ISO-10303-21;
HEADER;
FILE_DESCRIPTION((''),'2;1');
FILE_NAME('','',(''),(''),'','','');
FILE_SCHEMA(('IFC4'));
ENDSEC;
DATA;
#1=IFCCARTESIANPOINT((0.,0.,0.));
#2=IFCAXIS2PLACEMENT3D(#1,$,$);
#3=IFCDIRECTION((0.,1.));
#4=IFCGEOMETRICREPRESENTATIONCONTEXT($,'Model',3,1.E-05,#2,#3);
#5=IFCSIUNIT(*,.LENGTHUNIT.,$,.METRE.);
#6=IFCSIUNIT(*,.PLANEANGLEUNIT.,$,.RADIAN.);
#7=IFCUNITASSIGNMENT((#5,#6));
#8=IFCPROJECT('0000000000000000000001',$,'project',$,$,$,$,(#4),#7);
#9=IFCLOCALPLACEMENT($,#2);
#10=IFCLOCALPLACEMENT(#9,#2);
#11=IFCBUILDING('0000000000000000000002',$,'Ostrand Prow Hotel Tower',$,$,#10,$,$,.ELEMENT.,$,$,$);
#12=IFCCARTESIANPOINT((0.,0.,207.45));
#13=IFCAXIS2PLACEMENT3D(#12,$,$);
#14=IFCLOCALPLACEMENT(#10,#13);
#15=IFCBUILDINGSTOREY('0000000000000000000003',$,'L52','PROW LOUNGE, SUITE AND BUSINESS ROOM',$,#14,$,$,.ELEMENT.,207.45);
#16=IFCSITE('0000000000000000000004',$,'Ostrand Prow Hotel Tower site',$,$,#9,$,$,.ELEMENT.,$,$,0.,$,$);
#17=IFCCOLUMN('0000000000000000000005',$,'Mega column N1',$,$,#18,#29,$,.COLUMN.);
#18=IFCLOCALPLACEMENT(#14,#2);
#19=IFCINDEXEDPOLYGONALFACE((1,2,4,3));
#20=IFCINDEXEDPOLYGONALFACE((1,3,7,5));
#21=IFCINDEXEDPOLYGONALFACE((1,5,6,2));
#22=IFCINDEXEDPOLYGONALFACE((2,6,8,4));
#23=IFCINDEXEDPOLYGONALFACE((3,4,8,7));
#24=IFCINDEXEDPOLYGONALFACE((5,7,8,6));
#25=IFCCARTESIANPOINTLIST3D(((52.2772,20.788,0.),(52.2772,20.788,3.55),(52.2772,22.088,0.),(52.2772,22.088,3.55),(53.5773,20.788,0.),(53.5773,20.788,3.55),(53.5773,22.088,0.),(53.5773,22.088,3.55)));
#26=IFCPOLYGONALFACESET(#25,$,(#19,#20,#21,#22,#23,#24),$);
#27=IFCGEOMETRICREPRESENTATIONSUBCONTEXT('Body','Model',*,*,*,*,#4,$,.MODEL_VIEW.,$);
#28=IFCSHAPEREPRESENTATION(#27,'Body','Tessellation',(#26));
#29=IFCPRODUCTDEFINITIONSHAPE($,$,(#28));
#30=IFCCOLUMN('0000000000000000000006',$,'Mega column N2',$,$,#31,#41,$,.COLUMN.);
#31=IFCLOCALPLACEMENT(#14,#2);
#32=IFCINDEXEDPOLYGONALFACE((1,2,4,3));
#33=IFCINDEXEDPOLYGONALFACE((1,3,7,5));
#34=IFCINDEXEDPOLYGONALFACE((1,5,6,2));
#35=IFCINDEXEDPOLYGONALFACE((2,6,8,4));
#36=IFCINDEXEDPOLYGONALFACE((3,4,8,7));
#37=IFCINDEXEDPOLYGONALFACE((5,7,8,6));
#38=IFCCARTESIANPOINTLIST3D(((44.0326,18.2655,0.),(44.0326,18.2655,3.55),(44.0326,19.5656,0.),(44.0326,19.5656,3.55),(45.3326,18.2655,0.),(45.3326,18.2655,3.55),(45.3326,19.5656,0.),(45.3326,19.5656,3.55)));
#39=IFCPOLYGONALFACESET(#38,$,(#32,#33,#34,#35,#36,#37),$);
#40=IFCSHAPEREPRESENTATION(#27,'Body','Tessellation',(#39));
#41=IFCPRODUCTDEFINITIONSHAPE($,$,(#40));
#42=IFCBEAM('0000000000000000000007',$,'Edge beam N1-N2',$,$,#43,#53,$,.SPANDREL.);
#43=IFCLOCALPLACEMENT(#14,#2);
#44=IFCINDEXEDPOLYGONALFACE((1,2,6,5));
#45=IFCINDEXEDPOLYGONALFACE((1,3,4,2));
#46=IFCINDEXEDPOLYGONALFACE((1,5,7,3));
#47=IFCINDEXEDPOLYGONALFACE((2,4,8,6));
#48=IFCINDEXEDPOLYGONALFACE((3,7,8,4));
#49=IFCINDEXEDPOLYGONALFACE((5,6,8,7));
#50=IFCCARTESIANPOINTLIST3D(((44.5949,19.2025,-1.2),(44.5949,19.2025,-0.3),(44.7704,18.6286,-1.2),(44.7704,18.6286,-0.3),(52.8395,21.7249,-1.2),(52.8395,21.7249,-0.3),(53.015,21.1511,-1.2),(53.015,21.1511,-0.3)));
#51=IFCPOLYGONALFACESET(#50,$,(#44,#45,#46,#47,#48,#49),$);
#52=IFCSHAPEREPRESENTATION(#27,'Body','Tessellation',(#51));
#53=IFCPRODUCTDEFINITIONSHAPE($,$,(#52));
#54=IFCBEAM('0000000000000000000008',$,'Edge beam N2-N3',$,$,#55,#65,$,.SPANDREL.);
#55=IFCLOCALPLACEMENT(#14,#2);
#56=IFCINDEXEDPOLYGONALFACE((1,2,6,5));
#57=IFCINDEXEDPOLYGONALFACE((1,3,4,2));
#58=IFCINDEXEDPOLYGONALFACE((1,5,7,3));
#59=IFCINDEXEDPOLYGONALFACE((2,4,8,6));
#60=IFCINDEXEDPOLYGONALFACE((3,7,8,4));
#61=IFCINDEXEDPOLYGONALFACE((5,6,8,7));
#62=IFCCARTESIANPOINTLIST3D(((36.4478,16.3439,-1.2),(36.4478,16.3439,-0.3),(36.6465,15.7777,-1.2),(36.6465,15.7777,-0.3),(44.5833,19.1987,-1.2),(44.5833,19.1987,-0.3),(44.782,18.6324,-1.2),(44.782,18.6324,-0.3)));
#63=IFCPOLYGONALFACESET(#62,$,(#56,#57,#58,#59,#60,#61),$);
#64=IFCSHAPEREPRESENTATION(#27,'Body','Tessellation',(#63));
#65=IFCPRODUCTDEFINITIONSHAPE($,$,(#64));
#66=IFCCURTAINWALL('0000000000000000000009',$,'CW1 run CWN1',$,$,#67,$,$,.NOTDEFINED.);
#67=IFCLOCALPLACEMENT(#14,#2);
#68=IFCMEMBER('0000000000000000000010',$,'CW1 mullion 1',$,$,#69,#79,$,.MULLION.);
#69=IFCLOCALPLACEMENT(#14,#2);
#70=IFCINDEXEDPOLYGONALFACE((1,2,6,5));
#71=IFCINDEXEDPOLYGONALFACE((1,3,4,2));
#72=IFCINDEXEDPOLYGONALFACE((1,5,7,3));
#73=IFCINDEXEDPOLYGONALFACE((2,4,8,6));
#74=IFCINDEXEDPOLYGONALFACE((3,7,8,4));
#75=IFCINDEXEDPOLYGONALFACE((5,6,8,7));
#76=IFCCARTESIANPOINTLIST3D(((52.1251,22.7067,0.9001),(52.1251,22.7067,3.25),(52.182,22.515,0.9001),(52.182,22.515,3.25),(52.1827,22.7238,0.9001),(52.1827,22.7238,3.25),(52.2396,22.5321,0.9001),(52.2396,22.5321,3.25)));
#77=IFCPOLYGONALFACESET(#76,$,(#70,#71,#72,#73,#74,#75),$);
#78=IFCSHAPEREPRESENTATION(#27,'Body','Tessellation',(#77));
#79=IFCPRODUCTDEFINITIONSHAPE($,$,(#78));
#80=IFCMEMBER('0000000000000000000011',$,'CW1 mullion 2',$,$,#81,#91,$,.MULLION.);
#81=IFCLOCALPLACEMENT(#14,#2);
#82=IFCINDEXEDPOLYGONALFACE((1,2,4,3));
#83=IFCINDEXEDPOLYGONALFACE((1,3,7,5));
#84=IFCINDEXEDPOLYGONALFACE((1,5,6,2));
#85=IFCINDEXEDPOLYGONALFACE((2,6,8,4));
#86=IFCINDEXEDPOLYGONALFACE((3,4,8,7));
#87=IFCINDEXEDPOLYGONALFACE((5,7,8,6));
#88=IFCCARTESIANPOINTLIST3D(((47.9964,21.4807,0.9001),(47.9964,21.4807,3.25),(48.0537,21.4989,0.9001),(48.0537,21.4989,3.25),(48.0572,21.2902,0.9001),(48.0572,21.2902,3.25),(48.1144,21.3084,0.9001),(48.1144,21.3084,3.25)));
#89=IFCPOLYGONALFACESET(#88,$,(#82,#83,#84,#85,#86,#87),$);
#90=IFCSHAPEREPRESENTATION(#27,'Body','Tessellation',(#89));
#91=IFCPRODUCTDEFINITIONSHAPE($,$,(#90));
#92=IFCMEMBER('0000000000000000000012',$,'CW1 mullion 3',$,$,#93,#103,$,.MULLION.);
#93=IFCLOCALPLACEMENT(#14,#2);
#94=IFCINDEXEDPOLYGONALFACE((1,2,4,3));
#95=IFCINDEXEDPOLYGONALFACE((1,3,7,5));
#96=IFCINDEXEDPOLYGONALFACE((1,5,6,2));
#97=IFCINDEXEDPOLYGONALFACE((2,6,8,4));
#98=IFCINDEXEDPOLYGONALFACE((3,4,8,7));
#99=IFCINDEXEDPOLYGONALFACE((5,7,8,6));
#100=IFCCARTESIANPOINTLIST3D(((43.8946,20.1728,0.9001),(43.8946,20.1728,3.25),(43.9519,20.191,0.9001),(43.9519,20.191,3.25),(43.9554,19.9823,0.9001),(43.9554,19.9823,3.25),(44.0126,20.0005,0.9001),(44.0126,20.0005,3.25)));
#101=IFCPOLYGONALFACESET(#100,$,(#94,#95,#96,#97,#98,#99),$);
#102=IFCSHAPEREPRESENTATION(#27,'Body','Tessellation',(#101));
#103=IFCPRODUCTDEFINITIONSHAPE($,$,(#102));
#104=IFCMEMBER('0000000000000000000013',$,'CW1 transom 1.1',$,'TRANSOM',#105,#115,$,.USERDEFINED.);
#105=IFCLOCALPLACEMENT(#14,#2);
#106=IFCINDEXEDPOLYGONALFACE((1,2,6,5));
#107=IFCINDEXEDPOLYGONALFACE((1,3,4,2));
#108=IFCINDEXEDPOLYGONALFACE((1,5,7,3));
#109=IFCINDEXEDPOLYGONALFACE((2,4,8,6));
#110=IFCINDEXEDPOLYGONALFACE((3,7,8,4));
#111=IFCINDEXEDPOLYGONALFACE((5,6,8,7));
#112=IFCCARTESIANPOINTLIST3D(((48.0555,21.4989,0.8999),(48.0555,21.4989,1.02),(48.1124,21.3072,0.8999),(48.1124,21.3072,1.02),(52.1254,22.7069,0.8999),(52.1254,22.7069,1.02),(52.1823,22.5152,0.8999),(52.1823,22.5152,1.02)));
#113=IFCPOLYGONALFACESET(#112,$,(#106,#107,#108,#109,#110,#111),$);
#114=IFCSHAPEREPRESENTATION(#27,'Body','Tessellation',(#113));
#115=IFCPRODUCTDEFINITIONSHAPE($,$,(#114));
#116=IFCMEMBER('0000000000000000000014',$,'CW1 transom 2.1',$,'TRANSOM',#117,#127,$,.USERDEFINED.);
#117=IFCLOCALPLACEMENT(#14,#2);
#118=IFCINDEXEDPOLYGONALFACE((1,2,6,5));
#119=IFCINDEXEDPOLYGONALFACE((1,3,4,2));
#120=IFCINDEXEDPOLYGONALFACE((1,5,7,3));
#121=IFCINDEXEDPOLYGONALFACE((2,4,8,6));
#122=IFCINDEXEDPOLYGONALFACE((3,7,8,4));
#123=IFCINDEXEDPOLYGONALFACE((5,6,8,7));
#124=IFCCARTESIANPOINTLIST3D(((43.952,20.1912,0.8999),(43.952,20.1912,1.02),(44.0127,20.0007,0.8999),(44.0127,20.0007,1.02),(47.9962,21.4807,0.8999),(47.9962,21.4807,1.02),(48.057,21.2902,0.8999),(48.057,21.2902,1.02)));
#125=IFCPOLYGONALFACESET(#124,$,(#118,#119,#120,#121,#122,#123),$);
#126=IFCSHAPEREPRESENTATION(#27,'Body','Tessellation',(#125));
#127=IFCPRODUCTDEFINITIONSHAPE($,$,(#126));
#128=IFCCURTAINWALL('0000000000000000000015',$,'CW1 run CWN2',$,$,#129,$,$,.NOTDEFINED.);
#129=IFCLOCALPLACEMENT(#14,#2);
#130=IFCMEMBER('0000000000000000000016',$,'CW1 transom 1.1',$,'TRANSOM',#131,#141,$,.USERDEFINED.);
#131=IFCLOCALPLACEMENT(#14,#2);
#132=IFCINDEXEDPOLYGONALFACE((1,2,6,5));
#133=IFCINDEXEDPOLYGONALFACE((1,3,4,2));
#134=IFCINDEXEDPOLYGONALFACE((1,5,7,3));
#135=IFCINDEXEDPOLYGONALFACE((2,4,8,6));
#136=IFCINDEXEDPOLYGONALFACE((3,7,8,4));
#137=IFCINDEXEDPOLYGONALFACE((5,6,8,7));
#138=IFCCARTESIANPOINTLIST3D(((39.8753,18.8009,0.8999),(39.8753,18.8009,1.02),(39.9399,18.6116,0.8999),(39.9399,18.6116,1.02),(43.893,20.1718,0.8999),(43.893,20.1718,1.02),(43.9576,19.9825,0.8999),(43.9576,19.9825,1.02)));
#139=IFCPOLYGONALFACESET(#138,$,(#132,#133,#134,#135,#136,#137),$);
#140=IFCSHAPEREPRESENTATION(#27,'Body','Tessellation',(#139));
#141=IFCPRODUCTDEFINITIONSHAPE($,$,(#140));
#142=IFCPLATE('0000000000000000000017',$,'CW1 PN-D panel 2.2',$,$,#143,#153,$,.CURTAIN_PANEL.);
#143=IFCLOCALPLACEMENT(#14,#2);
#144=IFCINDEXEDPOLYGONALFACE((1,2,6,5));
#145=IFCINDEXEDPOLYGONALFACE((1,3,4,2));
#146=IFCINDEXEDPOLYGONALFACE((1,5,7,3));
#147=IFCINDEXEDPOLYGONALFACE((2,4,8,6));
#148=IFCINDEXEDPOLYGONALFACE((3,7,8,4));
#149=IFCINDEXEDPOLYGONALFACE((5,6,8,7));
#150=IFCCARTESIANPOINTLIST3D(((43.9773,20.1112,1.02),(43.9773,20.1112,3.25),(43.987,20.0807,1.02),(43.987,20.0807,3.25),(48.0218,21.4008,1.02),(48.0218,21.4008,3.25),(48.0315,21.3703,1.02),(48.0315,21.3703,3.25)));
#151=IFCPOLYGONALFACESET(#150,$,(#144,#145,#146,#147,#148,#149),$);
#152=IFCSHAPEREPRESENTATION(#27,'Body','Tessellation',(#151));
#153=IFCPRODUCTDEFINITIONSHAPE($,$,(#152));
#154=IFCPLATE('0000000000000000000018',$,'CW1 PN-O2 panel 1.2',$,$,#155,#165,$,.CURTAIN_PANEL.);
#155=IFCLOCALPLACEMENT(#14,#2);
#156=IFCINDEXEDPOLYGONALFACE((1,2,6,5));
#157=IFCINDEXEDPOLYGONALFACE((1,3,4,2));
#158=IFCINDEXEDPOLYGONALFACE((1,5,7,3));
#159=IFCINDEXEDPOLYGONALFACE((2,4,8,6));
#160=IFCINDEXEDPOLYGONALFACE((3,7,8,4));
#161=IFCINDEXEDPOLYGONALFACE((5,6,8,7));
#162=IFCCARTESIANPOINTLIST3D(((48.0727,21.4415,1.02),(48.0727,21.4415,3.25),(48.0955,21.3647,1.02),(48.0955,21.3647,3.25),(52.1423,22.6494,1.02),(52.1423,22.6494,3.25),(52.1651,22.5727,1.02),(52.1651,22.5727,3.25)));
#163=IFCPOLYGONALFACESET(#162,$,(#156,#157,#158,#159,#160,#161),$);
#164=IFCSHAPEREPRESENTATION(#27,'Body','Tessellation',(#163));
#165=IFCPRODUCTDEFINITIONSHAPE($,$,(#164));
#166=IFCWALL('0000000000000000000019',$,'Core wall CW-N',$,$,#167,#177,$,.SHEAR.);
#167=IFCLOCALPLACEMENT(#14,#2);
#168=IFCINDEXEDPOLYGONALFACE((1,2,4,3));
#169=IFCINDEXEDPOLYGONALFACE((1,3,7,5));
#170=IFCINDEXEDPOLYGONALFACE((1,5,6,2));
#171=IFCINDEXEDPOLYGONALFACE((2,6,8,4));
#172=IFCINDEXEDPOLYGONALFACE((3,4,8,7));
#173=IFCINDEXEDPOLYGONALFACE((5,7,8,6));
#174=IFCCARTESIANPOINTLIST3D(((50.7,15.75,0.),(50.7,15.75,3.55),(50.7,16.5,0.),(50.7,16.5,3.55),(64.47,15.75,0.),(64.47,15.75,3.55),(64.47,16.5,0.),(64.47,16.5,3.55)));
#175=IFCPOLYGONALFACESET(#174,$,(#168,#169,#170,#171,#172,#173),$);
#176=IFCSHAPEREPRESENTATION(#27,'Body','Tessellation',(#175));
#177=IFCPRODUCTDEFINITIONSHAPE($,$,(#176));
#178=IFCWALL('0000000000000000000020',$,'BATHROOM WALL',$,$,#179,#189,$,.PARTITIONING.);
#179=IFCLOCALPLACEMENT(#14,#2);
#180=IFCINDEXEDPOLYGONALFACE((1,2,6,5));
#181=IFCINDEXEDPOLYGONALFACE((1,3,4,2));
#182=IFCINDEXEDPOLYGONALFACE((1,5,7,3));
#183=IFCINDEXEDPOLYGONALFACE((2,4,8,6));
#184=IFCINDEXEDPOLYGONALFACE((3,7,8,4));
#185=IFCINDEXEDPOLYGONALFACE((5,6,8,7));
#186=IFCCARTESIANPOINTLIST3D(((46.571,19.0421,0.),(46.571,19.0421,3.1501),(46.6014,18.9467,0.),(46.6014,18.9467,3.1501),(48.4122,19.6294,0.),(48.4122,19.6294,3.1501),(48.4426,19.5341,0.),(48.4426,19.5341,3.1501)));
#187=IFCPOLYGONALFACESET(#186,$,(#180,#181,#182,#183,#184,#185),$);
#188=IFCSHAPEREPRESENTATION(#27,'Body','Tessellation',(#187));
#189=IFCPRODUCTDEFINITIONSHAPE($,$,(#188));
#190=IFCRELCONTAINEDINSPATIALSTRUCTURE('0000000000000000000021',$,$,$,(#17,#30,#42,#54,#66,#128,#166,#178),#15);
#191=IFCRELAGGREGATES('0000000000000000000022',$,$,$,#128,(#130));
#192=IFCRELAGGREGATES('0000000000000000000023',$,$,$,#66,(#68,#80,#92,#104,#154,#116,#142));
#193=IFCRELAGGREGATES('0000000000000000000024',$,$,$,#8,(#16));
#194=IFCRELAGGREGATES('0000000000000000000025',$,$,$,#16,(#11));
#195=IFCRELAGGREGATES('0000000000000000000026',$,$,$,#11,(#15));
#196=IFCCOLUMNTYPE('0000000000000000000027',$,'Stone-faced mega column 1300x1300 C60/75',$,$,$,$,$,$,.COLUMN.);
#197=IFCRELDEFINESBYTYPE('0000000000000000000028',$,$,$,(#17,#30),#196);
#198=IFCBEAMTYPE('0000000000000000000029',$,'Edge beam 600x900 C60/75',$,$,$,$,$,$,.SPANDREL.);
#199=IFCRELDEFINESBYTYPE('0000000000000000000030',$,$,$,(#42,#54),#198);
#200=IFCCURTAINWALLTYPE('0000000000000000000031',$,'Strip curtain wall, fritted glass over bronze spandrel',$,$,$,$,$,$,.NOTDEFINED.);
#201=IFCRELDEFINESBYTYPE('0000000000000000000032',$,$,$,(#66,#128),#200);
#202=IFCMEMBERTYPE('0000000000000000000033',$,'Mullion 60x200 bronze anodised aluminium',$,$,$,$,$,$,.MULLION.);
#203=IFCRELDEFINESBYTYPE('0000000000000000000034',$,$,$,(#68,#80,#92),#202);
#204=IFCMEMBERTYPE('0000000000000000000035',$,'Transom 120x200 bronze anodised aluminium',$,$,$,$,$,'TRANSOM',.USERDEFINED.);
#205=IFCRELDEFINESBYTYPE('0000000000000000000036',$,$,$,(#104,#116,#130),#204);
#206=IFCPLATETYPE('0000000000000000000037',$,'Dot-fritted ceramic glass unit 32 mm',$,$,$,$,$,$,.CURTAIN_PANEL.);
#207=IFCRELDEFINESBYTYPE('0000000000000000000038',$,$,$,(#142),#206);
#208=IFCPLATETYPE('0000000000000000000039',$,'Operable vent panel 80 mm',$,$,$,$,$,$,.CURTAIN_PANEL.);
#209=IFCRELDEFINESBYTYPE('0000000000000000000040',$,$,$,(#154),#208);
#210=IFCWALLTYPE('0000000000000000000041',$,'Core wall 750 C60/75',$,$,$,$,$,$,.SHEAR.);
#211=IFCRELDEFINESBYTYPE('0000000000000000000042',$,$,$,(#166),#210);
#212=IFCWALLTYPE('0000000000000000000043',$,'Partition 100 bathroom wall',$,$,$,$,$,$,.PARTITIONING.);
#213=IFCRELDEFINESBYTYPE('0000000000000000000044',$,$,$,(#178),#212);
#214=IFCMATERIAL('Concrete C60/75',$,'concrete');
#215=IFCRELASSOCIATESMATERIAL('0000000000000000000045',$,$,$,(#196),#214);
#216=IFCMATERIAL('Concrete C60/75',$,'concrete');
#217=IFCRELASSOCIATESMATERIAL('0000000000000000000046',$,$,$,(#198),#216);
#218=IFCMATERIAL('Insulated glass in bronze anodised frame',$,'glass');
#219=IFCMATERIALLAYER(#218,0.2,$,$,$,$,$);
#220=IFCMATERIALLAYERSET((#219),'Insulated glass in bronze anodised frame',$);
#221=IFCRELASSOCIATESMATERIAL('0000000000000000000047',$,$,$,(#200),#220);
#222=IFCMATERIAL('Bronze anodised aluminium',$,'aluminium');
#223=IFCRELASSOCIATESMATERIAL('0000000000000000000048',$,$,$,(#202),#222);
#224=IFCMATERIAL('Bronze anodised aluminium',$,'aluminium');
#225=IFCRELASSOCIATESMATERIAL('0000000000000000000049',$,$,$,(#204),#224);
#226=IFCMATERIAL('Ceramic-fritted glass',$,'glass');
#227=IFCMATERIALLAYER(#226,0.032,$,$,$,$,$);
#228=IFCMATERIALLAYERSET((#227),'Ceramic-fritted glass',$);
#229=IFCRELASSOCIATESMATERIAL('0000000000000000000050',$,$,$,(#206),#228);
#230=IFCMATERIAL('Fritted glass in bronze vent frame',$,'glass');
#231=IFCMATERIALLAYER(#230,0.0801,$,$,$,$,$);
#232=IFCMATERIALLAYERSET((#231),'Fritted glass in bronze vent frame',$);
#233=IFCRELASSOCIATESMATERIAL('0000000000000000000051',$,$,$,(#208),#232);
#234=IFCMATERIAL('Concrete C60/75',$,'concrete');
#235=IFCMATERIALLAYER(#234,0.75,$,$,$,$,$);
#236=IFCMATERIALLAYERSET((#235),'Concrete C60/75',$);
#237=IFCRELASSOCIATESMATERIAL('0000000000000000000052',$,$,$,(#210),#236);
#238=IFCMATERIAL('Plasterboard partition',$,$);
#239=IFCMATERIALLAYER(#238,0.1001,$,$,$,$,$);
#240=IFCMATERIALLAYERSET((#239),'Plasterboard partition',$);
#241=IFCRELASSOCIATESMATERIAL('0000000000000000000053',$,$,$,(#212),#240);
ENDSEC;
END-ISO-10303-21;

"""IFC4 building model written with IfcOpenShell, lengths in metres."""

from ifc_helpers import new_model, si_unit, direction, frame, frame_2d, origin, origin_2d, place, context, subcontext, project, spatial, rectangle, extrude, material, layer, layer_set, material_profile, profile_set, type_object, element, aggregate, save


model = new_model("IFC4")

# Units and contexts
model_context = context("Model", 3, precision=1e-05, world=origin(), true_north=direction((0.0, 1.0)))
body_context = subcontext(model_context, "Body", "Model", "MODEL_VIEW")
ifc_project = project(units=[si_unit("LENGTHUNIT", "METRE"), si_unit("PLANEANGLEUNIT", "RADIAN")], contexts=[model_context])

# Site, building, storey
site_placement = place(None, origin())
site = spatial("IfcSite", under=ifc_project, at=site_placement, Name="Ostrand Prow Hotel Tower site", CompositionType="ELEMENT", RefElevation=0.0)
building_placement = place(site_placement, origin())
building = spatial("IfcBuilding", under=site, at=building_placement, Name="Ostrand Prow Hotel Tower", CompositionType="ELEMENT")
storey_placement = place(building_placement, frame((0.0, 0.0, 207.45)))
storey = spatial("IfcBuildingStorey", under=building, at=storey_placement, Name="L52", Description="PROW LOUNGE, SUITE AND BUSINESS ROOM", CompositionType="ELEMENT", Elevation=207.45)

# Columns
ifc_material_1 = material(Name="Concrete C60/75", Category="concrete")
ifc_material_profile_1 = material_profile(ifc_material_1, rectangle(XDim=1.3, YDim=1.3, at=origin_2d()), Name="RC 1300x1300")
ifc_profile_set_1 = profile_set([ifc_material_profile_1], Name="Concrete C60/75")
column_type = type_object("IfcColumnType", Name="Stone-faced mega column 1300x1300 C60/75", PredefinedType="COLUMN", material=ifc_profile_set_1)
for number, where, z_axis, x_axis, name in (
    (1, (52.9272, 21.438, 0.0), (0.0, 0.0, 1.0), (1.0, 0.0, 0.0), "Mega column N1"),
    (2, (44.6826, 18.9155, 0.0), (0.0, 0.0, 1.0), (1.0, 0.0, 0.0), "Mega column N2"),
):
    element("IfcColumn", number, at=place(storey_placement, frame(where, z_axis=z_axis, x_axis=x_axis)), inside=storey, type_object=column_type, Name=name, PredefinedType="COLUMN", context=body_context, shape_type="SweptSolid", body=[
        extrude(rectangle(XDim=1.3, YDim=1.3, at=origin_2d()), origin(), (0.0, 0.0, 1.0), 3.55),
    ])

# Beams
ifc_material_2 = material(Name="Concrete C60/75", Category="concrete")
ifc_material_profile_2 = material_profile(ifc_material_2, rectangle(XDim=0.6001, YDim=0.8999, at=origin_2d()), Name="RC 600x900")
ifc_profile_set_2 = profile_set([ifc_material_profile_2], Name="Concrete C60/75")
beam_type = type_object("IfcBeamType", Name="Edge beam 600x900 C60/75", PredefinedType="SPANDREL", material=ifc_profile_set_2)
for number, where, z_axis, x_axis, name in (
    (3, (52.9272, 21.438, -0.75), (-0.956246, -0.292565, 0.0), (0.292565, -0.956246, 0.0), "Edge beam N1-N2"),
    (4, (44.6826, 18.9155, -0.75), (-0.943594, -0.331106, 0.0), (0.331106, -0.943594, 0.0), "Edge beam N2-N3"),
):
    element("IfcBeam", number, at=place(storey_placement, frame(where, z_axis=z_axis, x_axis=x_axis)), inside=storey, type_object=beam_type, Name=name, PredefinedType="SPANDREL", context=body_context, shape_type="SweptSolid", body=[
        extrude(rectangle(XDim=0.6001, YDim=0.8999, at=origin_2d()), origin(), (0.0, 0.0, 1.0), 8.6218),
    ])

# Curtain wall, members
ifc_material_3 = material(Name="Insulated glass in bronze anodised frame", Category="glass")
ifc_layer_1 = layer(ifc_material_3, 0.2)
ifc_layer_set_1 = layer_set([ifc_layer_1], Name="Insulated glass in bronze anodised frame")
curtain_wall_type = type_object("IfcCurtainWallType", Name="Strip curtain wall, fritted glass over bronze spandrel", PredefinedType="NOTDEFINED", material=ifc_layer_set_1)
curtain_wall_1_placement = place(storey_placement, origin())
curtain_wall_1 = element("IfcCurtainWall", 5, at=curtain_wall_1_placement, inside=storey, type_object=curtain_wall_type, Name="CW1 run CWN1", PredefinedType="NOTDEFINED")
ifc_material_4 = material(Name="Bronze anodised aluminium", Category="aluminium")
ifc_material_profile_3 = material_profile(ifc_material_4, rectangle(XDim=0.2, YDim=0.0601, at=origin_2d()), Name="Mullion 60x200 bronze anodised aluminium")
ifc_profile_set_3 = profile_set([ifc_material_profile_3], Name="Bronze anodised aluminium")
member_type_1 = type_object("IfcMemberType", Name="Mullion 60x200 bronze anodised aluminium", PredefinedType="MULLION", material=ifc_profile_set_3)
member_1_placement = place(storey_placement, frame((52.1824, 22.6194, 0.9001), z_axis=(0.0, 0.0, 1.0), x_axis=(0.284544, -0.958663, 0.0)))
member_1 = element("IfcMember", 6, at=member_1_placement, type_object=member_type_1, Name="CW1 mullion 1", PredefinedType="MULLION", context=body_context, shape_type="SweptSolid", body=[
    extrude(rectangle(XDim=0.2, YDim=0.0601, at=origin_2d()), origin(), (0.0, 0.0, 1.0), 2.3499),
])
member_2_placement = place(storey_placement, frame((48.0554, 21.3945, 0.9001), z_axis=(0.0, 0.0, 1.0), x_axis=(0.303787, -0.95274, 0.0)))
member_2 = element("IfcMember", 7, at=member_2_placement, type_object=member_type_1, Name="CW1 mullion 2", PredefinedType="MULLION", context=body_context, shape_type="SweptSolid", body=[
    extrude(rectangle(XDim=0.2, YDim=0.0601, at=origin_2d()), origin(), (0.0, 0.0, 1.0), 2.3499),
])
member_3_placement = place(storey_placement, frame((43.9536, 20.0867, 0.9001), z_axis=(0.0, 0.0, 1.0), x_axis=(0.303787, -0.95274, 0.0)))
member_3 = element("IfcMember", 8, at=member_3_placement, type_object=member_type_1, Name="CW1 mullion 3", PredefinedType="MULLION", context=body_context, shape_type="SweptSolid", body=[
    extrude(rectangle(XDim=0.2, YDim=0.0601, at=origin_2d()), origin(), (0.0, 0.0, 1.0), 2.3499),
])
ifc_material_5 = material(Name="Bronze anodised aluminium", Category="aluminium")
ifc_material_profile_4 = material_profile(ifc_material_5, rectangle(XDim=0.2, YDim=0.1201, at=origin_2d()), Name="Transom 120x200 bronze anodised aluminium")
ifc_profile_set_4 = profile_set([ifc_material_profile_4], Name="Bronze anodised aluminium")
member_type_2 = type_object("IfcMemberType", Name="Transom 120x200 bronze anodised aluminium", ElementType="TRANSOM", PredefinedType="USERDEFINED", material=ifc_profile_set_4)
member_4_placement = place(storey_placement, frame((52.1538, 22.6111, 0.96), z_axis=(-0.958661, -0.28455, 0.0), x_axis=(0.28455, -0.958661, 0.0)))
member_4 = element("IfcMember", 9, at=member_4_placement, type_object=member_type_2, Name="CW1 transom 1.1", ObjectType="TRANSOM", PredefinedType="USERDEFINED", context=body_context, shape_type="SweptSolid", body=[
    extrude(rectangle(XDim=0.2, YDim=0.1201, at=origin_2d()), origin(), (0.0, 0.0, 1.0), 4.2454),
])
member_5_placement = place(storey_placement, frame((48.0266, 21.3855, 0.96), z_axis=(-0.952738, -0.303795, 0.0), x_axis=(0.303795, -0.952738, 0.0)))
member_5 = element("IfcMember", 10, at=member_5_placement, type_object=member_type_2, Name="CW1 transom 2.1", ObjectType="TRANSOM", PredefinedType="USERDEFINED", context=body_context, shape_type="SweptSolid", body=[
    extrude(rectangle(XDim=0.2, YDim=0.1201, at=origin_2d()), origin(), (0.0, 0.0, 1.0), 4.2449),
])

# Curtain wall, member
curtain_wall_2_placement = place(storey_placement, origin())
curtain_wall_2 = element("IfcCurtainWall", 11, at=curtain_wall_2_placement, inside=storey, type_object=curtain_wall_type, Name="CW1 run CWN2", PredefinedType="NOTDEFINED")
member_6_placement = place(storey_placement, frame((43.9253, 20.0771, 0.96), z_axis=(-0.946422, -0.322932, 0.0), x_axis=(0.322932, -0.946422, 0.0)))
member_6 = element("IfcMember", 12, at=member_6_placement, type_object=member_type_2, Name="CW1 transom 1.1", ObjectType="TRANSOM", PredefinedType="USERDEFINED", context=body_context, shape_type="SweptSolid", body=[
    extrude(rectangle(XDim=0.2, YDim=0.1201, at=origin_2d()), origin(), (0.0, 0.0, 1.0), 4.2451),
])
aggregate(curtain_wall_2, [member_6])

# Plates
ifc_material_6 = material(Name="Ceramic-fritted glass", Category="glass")
ifc_layer_2 = layer(ifc_material_6, 0.032)
ifc_layer_set_2 = layer_set([ifc_layer_2], Name="Ceramic-fritted glass")
plate_type_1 = type_object("IfcPlateType", Name="Dot-fritted ceramic glass unit 32 mm", PredefinedType="CURTAIN_PANEL", material=ifc_layer_set_2)
plate_1_placement = place(storey_placement, frame((46.0044, 20.7407, 1.02), z_axis=(0.0, 0.0, 1.0), x_axis=(-0.95274, -0.303787, 0.0)))
plate_1 = element("IfcPlate", 13, at=plate_1_placement, type_object=plate_type_1, Name="CW1 PN-D panel 2.2", PredefinedType="CURTAIN_PANEL", context=body_context, shape_type="SweptSolid", body=[
    extrude(rectangle(XDim=4.2451, YDim=0.032, at=origin_2d()), origin(), (0.0, 0.0, 1.0), 2.23),
])
ifc_material_7 = material(Name="Fritted glass in bronze vent frame", Category="glass")
ifc_layer_3 = layer(ifc_material_7, 0.0801)
ifc_layer_set_3 = layer_set([ifc_layer_3], Name="Fritted glass in bronze vent frame")
plate_type_2 = type_object("IfcPlateType", Name="Operable vent panel 80 mm", PredefinedType="CURTAIN_PANEL", material=ifc_layer_set_3)
plate_2_placement = place(storey_placement, frame((50.1189, 22.0071, 1.02), z_axis=(0.0, 0.0, 1.0), x_axis=(-0.958663, -0.284544, 0.0)))
plate_2 = element("IfcPlate", 14, at=plate_2_placement, type_object=plate_type_2, Name="CW1 PN-O2 panel 1.2", PredefinedType="CURTAIN_PANEL", context=body_context, shape_type="SweptSolid", body=[
    extrude(rectangle(XDim=4.2451, YDim=0.0801, at=origin_2d()), origin(), (0.0, 0.0, 1.0), 2.23),
])
aggregate(curtain_wall_1, [member_1, member_2, member_3, member_4, plate_2, member_5, plate_1])

# Walls
ifc_material_8 = material(Name="Concrete C60/75", Category="concrete")
ifc_layer_4 = layer(ifc_material_8, 0.75)
ifc_layer_set_4 = layer_set([ifc_layer_4], Name="Concrete C60/75")
wall_type_1 = type_object("IfcWallType", Name="Core wall 750 C60/75", PredefinedType="SHEAR", material=ifc_layer_set_4)
wall_1_placement = place(storey_placement, frame((50.7, 16.125, 0.0), z_axis=(0.0, 0.0, 1.0), x_axis=(1.0, 0.0, 0.0)))
element("IfcWall", 15, at=wall_1_placement, inside=storey, type_object=wall_type_1, Name="Core wall CW-N", PredefinedType="SHEAR", context=body_context, shape_type="SweptSolid", body=[
    extrude(rectangle(XDim=13.77, YDim=0.75, at=frame_2d((6.885, 0.0))), origin(), (0.0, 0.0, 1.0), 3.55),
])
ifc_material_9 = material(Name="Plasterboard partition")
ifc_layer_5 = layer(ifc_material_9, 0.1001)
ifc_layer_set_5 = layer_set([ifc_layer_5], Name="Plasterboard partition")
wall_type_2 = type_object("IfcWallType", Name="Partition 100 bathroom wall", PredefinedType="PARTITIONING", material=ifc_layer_set_5)
wall_2_placement = place(storey_placement, frame((46.5862, 18.9944, 0.0), z_axis=(0.0, 0.0, 1.0), x_axis=(0.952697, 0.303923, 0.0)))
element("IfcWall", 16, at=wall_2_placement, inside=storey, type_object=wall_type_2, Name="BATHROOM WALL", PredefinedType="PARTITIONING", context=body_context, shape_type="SweptSolid", body=[
    extrude(rectangle(XDim=1.9326, YDim=0.1001, at=frame_2d((0.9663, 0.0))), origin(), (0.0, 0.0, 1.0), 3.1501),
])

save(model, "model.ifc")
